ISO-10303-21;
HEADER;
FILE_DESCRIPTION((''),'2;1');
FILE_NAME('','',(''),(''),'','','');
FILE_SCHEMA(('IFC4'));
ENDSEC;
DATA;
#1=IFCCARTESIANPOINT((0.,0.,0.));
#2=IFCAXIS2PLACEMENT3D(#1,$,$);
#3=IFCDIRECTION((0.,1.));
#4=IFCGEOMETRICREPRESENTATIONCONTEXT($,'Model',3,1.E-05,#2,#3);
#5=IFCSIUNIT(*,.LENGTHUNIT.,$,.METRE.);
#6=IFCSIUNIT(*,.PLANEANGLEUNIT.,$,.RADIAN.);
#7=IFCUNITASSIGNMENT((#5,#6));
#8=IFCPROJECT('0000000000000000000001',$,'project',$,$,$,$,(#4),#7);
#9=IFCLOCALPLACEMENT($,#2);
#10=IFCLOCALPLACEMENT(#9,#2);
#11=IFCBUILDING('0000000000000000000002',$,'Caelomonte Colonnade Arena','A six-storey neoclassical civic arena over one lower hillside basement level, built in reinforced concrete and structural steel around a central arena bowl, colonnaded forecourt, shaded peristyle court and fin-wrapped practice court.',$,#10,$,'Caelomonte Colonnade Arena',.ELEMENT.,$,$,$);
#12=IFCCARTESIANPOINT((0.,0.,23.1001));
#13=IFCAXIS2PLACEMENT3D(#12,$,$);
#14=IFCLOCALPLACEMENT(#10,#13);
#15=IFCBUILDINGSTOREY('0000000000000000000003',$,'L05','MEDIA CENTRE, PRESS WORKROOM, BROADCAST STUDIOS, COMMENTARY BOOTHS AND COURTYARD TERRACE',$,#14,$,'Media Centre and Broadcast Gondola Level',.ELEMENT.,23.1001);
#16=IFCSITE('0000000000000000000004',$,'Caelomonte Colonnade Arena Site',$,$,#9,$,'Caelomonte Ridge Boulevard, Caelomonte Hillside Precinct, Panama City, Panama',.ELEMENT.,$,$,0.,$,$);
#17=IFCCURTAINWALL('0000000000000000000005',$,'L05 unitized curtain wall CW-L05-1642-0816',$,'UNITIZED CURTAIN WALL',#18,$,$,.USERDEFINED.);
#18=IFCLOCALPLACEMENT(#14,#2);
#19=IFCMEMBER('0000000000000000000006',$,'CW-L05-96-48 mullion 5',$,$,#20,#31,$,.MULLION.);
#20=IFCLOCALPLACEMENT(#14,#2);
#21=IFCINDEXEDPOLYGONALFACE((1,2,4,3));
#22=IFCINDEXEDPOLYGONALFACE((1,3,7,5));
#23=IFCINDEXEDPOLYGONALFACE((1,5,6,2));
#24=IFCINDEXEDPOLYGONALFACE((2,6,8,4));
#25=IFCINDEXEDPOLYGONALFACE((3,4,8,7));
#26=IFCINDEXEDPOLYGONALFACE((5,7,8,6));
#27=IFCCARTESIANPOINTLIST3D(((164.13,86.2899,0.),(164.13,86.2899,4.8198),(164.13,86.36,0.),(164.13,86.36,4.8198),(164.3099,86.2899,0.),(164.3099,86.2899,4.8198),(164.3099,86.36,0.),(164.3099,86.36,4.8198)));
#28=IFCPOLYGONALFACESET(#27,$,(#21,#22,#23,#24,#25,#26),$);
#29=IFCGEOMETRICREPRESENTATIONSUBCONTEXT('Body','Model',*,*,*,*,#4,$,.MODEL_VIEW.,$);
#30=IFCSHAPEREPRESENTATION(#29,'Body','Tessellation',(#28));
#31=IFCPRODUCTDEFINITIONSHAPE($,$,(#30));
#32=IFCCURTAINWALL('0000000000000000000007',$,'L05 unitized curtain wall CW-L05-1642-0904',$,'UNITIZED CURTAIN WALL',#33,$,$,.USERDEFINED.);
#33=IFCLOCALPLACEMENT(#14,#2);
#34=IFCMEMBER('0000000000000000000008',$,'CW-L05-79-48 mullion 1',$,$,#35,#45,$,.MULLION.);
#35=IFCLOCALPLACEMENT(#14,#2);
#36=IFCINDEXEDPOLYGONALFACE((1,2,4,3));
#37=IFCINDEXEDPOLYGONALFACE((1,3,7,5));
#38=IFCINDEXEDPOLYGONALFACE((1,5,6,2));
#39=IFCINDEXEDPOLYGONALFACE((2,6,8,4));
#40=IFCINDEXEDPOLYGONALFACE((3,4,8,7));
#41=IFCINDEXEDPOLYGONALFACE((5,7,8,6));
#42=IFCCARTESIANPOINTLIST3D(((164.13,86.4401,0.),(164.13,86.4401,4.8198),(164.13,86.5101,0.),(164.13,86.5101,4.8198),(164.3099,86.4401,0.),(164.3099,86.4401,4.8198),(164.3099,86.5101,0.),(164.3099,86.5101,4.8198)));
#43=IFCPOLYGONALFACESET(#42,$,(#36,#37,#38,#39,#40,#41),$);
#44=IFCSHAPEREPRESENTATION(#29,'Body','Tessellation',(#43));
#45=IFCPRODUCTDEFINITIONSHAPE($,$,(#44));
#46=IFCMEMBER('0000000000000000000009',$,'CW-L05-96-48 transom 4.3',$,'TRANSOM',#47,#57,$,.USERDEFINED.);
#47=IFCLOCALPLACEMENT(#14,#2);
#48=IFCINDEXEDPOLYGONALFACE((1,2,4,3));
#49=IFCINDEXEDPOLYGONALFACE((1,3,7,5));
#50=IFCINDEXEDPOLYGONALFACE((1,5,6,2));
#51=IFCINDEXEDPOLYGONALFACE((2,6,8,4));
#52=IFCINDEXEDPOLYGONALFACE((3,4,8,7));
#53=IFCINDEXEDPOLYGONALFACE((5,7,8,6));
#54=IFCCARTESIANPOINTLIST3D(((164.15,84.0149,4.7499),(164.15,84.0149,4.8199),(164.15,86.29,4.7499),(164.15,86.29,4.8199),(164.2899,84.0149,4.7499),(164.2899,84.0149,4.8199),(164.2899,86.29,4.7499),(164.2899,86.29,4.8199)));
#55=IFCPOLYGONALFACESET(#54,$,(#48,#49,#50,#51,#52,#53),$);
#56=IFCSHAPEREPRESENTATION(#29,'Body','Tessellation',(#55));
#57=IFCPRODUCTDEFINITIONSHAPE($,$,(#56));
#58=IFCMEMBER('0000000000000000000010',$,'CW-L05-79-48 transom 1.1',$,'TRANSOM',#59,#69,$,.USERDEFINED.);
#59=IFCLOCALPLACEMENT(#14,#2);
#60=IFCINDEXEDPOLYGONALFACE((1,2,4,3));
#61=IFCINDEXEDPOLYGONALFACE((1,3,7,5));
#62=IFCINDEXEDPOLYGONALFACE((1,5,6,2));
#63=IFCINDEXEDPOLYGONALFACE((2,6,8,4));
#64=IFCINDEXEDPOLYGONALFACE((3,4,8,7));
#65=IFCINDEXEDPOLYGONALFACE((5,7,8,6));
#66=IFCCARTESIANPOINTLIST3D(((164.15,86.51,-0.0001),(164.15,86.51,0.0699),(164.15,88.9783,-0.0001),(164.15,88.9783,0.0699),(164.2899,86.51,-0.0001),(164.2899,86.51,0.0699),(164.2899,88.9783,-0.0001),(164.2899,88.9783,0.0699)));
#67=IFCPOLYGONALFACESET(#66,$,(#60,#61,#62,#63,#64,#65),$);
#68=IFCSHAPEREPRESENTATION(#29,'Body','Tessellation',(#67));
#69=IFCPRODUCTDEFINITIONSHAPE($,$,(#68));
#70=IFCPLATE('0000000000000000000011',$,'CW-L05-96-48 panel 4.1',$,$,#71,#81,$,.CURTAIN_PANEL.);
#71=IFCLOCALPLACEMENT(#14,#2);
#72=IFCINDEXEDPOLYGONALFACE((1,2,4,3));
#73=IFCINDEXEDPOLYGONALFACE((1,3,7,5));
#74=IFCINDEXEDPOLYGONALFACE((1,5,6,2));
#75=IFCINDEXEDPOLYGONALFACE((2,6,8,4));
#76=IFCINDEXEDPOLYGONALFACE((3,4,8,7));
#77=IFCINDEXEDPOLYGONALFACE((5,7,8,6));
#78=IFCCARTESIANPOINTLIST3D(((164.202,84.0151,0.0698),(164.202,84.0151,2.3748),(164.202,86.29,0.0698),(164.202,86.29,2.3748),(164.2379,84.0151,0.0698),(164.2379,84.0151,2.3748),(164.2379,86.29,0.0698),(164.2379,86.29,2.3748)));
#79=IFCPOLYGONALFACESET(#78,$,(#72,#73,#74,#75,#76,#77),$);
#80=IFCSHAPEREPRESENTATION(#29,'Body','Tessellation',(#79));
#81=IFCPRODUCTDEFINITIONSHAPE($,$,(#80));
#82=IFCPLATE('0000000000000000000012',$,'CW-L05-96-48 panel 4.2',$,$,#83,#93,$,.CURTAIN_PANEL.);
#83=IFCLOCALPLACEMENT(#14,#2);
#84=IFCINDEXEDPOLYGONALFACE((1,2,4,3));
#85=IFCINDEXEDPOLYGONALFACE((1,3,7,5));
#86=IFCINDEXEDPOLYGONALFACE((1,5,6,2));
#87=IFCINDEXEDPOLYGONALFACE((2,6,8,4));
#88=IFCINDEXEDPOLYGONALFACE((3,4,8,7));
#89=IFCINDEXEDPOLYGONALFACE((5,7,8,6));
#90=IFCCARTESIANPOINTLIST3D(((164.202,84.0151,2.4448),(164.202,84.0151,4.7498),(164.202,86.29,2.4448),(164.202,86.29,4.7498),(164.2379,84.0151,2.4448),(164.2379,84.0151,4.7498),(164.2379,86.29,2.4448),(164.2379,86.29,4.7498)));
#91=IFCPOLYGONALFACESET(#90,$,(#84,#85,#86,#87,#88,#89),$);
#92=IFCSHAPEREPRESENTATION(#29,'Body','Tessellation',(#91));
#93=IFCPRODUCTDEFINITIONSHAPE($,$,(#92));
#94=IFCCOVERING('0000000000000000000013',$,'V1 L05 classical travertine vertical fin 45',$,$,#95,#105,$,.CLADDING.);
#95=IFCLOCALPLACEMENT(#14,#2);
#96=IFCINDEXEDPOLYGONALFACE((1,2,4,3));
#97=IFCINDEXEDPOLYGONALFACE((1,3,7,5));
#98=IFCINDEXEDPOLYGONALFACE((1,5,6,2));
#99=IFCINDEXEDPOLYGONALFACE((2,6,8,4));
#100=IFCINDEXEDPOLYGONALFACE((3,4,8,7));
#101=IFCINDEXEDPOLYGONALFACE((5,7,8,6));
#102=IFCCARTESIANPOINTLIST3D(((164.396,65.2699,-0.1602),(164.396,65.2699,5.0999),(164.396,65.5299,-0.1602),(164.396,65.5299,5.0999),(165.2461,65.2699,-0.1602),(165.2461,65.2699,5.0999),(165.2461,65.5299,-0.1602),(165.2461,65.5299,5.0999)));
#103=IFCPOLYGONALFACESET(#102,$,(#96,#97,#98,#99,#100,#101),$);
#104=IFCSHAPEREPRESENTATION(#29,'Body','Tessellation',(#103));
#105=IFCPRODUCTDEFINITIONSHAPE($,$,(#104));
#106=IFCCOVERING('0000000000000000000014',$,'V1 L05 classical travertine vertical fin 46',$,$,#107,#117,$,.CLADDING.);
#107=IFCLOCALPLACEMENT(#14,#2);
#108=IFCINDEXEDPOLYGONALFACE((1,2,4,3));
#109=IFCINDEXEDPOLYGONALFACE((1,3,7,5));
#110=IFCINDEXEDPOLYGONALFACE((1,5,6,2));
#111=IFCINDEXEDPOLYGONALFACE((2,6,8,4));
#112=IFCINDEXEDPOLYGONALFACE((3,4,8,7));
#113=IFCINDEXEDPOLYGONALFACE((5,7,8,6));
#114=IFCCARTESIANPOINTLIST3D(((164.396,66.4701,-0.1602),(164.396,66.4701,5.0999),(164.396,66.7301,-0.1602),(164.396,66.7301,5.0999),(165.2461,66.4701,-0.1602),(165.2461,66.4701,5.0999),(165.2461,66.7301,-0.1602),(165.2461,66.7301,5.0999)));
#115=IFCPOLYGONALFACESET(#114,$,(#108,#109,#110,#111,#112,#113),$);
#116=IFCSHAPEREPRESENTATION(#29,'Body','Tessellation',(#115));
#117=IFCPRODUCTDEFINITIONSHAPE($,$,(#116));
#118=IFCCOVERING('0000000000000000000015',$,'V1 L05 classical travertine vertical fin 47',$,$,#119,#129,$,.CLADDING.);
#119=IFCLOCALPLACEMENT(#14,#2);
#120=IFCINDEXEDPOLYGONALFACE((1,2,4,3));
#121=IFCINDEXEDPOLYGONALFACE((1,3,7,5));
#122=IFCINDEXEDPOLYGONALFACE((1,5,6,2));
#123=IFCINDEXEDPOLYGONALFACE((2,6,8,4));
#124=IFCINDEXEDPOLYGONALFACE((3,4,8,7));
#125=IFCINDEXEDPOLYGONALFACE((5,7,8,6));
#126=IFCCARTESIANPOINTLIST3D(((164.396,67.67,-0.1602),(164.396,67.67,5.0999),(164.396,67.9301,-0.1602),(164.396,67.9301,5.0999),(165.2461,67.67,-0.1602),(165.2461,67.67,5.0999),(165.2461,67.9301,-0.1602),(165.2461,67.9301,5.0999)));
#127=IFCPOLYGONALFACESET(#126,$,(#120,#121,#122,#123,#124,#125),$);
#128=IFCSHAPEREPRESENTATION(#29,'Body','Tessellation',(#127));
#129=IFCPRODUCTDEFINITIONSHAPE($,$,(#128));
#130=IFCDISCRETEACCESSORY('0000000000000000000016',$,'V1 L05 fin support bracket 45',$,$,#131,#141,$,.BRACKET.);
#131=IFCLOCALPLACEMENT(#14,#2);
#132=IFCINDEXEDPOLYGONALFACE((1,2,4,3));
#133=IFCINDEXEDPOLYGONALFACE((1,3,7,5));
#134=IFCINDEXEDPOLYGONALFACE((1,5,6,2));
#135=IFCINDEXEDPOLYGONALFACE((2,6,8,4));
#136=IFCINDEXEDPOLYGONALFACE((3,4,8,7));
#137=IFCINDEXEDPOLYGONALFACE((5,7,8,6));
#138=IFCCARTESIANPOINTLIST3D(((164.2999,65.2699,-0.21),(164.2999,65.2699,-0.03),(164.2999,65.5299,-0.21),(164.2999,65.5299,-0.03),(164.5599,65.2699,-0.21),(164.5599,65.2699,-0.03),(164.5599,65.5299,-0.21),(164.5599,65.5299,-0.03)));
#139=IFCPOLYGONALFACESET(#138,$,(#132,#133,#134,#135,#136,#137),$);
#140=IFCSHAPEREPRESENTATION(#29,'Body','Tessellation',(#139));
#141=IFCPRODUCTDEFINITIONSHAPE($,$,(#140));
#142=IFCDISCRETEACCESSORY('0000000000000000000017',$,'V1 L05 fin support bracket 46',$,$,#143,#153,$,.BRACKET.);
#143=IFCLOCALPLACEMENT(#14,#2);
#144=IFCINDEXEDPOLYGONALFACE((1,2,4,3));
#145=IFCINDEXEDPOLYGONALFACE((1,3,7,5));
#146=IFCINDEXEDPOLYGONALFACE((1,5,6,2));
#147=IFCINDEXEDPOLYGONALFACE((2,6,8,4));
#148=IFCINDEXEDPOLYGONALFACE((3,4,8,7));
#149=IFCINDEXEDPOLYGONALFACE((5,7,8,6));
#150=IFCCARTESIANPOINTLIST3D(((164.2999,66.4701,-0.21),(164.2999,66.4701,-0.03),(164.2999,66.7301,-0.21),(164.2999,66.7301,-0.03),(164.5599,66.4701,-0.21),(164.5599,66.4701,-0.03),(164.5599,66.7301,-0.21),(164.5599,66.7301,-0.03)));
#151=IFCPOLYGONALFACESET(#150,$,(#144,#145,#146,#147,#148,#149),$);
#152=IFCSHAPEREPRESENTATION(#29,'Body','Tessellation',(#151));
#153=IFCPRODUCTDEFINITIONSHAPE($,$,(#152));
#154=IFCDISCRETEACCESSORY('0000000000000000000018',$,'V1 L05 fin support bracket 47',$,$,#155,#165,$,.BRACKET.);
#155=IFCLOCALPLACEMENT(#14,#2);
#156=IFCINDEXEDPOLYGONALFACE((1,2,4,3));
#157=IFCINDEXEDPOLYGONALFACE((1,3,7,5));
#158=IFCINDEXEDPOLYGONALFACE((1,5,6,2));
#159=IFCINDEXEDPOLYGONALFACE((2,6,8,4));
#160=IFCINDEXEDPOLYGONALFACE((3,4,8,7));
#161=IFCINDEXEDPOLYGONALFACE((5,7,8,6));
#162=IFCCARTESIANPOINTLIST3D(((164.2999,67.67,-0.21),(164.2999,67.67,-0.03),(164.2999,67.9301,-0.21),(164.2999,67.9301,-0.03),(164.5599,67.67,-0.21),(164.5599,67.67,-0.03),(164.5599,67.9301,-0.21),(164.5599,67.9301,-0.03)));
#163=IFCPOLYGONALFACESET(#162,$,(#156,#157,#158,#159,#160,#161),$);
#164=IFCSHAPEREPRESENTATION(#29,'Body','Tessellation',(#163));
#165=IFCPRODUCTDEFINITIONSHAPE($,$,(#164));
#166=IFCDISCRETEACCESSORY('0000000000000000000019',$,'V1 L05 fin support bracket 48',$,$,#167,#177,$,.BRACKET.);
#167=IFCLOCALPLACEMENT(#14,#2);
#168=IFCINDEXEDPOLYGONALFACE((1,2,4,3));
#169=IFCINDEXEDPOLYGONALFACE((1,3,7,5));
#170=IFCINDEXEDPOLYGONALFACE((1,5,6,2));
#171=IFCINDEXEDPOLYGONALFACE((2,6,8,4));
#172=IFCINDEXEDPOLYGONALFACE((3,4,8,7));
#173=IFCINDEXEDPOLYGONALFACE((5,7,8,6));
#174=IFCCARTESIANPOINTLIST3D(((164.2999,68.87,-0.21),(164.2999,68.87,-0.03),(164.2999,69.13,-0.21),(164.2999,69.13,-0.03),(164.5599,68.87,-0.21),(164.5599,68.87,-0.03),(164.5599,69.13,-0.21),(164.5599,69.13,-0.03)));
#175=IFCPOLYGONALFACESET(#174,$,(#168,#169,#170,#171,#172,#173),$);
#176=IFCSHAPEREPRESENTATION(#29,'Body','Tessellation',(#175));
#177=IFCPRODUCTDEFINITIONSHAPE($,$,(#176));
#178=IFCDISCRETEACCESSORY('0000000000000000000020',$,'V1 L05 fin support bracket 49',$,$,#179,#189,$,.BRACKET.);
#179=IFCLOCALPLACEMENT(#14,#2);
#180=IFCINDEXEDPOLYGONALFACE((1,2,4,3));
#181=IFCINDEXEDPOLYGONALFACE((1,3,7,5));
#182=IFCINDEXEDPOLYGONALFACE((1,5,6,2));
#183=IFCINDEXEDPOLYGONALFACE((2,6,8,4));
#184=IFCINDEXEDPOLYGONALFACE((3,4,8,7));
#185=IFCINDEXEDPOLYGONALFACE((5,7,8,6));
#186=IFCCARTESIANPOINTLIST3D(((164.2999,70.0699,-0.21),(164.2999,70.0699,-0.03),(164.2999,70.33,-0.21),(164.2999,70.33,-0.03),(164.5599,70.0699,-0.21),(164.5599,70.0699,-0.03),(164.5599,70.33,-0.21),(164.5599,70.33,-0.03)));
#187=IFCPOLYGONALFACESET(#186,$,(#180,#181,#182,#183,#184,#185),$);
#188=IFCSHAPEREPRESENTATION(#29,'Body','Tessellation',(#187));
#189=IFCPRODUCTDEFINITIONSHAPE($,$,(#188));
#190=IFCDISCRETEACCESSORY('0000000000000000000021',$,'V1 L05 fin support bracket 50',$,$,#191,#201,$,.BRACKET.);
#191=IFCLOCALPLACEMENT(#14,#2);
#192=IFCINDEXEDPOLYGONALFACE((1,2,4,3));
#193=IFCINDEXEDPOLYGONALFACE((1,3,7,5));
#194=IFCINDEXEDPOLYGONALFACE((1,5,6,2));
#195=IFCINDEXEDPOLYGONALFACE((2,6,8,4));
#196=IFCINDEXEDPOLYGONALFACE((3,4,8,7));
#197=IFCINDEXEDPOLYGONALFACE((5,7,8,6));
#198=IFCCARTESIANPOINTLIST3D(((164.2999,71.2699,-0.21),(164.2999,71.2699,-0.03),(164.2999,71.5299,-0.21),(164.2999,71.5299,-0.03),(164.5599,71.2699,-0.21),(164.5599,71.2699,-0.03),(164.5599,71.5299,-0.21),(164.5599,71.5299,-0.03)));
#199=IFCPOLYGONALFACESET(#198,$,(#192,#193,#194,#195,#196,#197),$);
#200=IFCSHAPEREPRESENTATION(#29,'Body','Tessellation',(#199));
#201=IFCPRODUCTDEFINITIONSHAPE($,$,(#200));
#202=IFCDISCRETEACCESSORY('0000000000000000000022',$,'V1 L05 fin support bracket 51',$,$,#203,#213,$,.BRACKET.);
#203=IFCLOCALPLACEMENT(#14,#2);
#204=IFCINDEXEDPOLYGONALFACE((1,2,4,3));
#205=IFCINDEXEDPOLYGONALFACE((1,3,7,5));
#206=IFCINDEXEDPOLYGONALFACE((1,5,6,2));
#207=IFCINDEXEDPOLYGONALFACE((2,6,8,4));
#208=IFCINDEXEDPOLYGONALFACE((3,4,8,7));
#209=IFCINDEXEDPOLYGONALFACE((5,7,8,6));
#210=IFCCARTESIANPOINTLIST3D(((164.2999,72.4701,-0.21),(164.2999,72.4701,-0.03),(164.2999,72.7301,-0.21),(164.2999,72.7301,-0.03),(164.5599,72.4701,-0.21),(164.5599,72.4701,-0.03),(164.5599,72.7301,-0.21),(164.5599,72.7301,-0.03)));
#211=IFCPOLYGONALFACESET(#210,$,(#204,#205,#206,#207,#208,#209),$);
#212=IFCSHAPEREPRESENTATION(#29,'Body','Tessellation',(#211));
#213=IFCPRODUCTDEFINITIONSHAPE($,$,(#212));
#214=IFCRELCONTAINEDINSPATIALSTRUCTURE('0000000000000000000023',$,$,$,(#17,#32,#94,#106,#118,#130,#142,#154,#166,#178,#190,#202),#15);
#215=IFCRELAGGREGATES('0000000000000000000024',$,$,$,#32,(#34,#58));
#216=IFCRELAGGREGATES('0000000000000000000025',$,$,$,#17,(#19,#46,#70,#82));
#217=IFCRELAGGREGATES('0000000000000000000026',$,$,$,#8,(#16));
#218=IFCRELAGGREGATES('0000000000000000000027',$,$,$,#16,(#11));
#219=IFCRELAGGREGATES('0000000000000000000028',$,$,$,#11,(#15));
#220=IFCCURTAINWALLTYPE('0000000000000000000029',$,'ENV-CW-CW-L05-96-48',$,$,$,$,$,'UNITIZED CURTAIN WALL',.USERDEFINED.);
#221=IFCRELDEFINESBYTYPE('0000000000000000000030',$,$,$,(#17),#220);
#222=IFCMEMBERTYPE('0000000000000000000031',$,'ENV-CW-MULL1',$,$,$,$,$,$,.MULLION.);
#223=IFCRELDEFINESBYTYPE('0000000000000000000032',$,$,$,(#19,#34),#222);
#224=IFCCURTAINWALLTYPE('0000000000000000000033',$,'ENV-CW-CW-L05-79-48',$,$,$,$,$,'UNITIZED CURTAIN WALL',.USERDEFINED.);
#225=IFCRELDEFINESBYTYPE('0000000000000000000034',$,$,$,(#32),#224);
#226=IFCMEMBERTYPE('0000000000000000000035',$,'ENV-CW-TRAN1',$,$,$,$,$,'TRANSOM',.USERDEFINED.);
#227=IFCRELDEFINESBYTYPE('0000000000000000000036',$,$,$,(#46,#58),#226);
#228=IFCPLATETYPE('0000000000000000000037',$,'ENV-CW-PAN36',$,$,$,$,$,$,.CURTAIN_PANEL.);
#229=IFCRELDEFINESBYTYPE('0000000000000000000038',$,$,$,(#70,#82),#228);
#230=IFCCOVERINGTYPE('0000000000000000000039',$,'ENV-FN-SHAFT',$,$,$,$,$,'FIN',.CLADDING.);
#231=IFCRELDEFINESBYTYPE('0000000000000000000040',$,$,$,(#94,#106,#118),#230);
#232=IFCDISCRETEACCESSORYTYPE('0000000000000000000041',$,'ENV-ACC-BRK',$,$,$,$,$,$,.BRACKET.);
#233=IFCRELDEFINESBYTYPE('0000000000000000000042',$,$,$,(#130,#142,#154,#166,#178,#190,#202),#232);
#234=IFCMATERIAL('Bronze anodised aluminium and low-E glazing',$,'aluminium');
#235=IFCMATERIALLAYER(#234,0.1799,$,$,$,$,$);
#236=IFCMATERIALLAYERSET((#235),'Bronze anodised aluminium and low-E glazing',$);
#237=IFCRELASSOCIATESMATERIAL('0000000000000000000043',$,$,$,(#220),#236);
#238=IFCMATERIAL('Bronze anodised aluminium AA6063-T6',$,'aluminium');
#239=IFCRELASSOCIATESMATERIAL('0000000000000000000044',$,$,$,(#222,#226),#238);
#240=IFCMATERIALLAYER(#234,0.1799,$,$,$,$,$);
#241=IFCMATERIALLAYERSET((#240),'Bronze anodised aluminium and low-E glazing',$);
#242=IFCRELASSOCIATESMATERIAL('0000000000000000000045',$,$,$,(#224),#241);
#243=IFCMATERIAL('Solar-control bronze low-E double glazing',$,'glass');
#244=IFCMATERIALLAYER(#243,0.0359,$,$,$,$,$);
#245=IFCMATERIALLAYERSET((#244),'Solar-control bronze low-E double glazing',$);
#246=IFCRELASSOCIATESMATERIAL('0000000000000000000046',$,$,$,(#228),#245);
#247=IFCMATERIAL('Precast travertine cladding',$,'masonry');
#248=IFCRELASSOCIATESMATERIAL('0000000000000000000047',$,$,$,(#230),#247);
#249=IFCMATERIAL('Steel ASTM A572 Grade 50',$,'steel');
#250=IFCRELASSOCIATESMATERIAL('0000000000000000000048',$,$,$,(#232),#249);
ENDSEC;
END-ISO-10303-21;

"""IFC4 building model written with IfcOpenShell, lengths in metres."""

from ifc_helpers import new_model, si_unit, direction, frame, origin, origin_2d, place, context, subcontext, project, spatial, rectangle, extrude, material, layer, layer_set, material_profile, profile_set, type_object, element, aggregate, save


model = new_model("IFC4")

# Units and contexts
model_context = context("Model", 3, precision=1e-05, world=origin(), true_north=direction((0.0, 1.0)))
body_context = subcontext(model_context, "Body", "Model", "MODEL_VIEW")
ifc_project = project(units=[si_unit("LENGTHUNIT", "METRE"), si_unit("PLANEANGLEUNIT", "RADIAN")], contexts=[model_context])

# Site, building, storey
site_placement = place(None, origin())
site = spatial("IfcSite", under=ifc_project, at=site_placement, Name="Caelomonte Colonnade Arena Site", LongName="Caelomonte Ridge Boulevard, Caelomonte Hillside Precinct, Panama City, Panama", CompositionType="ELEMENT", RefElevation=0.0)
building_placement = place(site_placement, origin())
building = spatial("IfcBuilding", under=site, at=building_placement, Name="Caelomonte Colonnade Arena", Description="A six-storey neoclassical civic arena over one lower hillside basement level, built in reinforced concrete and structural steel around a central arena bowl, colonnaded forecourt, shaded peristyle court and fin-wrapped practice court.", LongName="Caelomonte Colonnade Arena", CompositionType="ELEMENT")
storey_placement = place(building_placement, frame((0.0, 0.0, 23.1001)))
storey = spatial("IfcBuildingStorey", under=building, at=storey_placement, Name="L05", Description="MEDIA CENTRE, PRESS WORKROOM, BROADCAST STUDIOS, COMMENTARY BOOTHS AND COURTYARD TERRACE", LongName="Media Centre and Broadcast Gondola Level", CompositionType="ELEMENT", Elevation=23.1001)

# Curtain walls, members
ifc_material_1 = material(Name="Bronze anodised aluminium and low-E glazing", Category="aluminium")
ifc_layer_1 = layer(ifc_material_1, 0.1799)
ifc_layer_set_1 = layer_set([ifc_layer_1], Name="Bronze anodised aluminium and low-E glazing")
curtain_wall_type_1 = type_object("IfcCurtainWallType", Name="ENV-CW-CW-L05-96-48", ElementType="UNITIZED CURTAIN WALL", PredefinedType="USERDEFINED", material=ifc_layer_set_1)
curtain_wall_1_placement = place(storey_placement, origin())
curtain_wall_1 = element("IfcCurtainWall", 1, at=curtain_wall_1_placement, inside=storey, type_object=curtain_wall_type_1, Name="L05 unitized curtain wall CW-L05-1642-0816", ObjectType="UNITIZED CURTAIN WALL", PredefinedType="USERDEFINED")
ifc_material_2 = material(Name="Bronze anodised aluminium AA6063-T6", Category="aluminium")
ifc_material_profile_1 = material_profile(ifc_material_2, rectangle(XDim=0.0701, YDim=0.1799, at=origin_2d()), Name="CWM-70X180")
ifc_profile_set_1 = profile_set([ifc_material_profile_1], Name="Bronze anodised aluminium AA6063-T6")
member_type_1 = type_object("IfcMemberType", Name="ENV-CW-MULL1", PredefinedType="MULLION", material=ifc_profile_set_1)
member_1_placement = place(storey_placement, frame((164.22, 86.325, 0.0), z_axis=(0.0, 0.0, 1.0), x_axis=(0.0, 1.0, 0.0)))
member_1 = element("IfcMember", 2, at=member_1_placement, type_object=member_type_1, Name="CW-L05-96-48 mullion 5", PredefinedType="MULLION", context=body_context, shape_type="SweptSolid", body=[
    extrude(rectangle(XDim=0.0701, YDim=0.1799, at=origin_2d()), origin(), (0.0, 0.0, 1.0), 4.8198),
])
ifc_layer_2 = layer(ifc_material_1, 0.1799)
ifc_layer_set_2 = layer_set([ifc_layer_2], Name="Bronze anodised aluminium and low-E glazing")
curtain_wall_type_2 = type_object("IfcCurtainWallType", Name="ENV-CW-CW-L05-79-48", ElementType="UNITIZED CURTAIN WALL", PredefinedType="USERDEFINED", material=ifc_layer_set_2)
curtain_wall_2_placement = place(storey_placement, origin())
curtain_wall_2 = element("IfcCurtainWall", 3, at=curtain_wall_2_placement, inside=storey, type_object=curtain_wall_type_2, Name="L05 unitized curtain wall CW-L05-1642-0904", ObjectType="UNITIZED CURTAIN WALL", PredefinedType="USERDEFINED")
member_2_placement = place(storey_placement, frame((164.22, 86.4751, 0.0), z_axis=(0.0, 0.0, 1.0), x_axis=(0.0, 1.0, 0.0)))
member_2 = element("IfcMember", 4, at=member_2_placement, type_object=member_type_1, Name="CW-L05-79-48 mullion 1", PredefinedType="MULLION", context=body_context, shape_type="SweptSolid", body=[
    extrude(rectangle(XDim=0.0701, YDim=0.1799, at=origin_2d()), origin(), (0.0, 0.0, 1.0), 4.8198),
])

# Members
ifc_material_profile_2 = material_profile(ifc_material_2, rectangle(XDim=0.0701, YDim=0.1399, at=origin_2d()), Name="CWT-70X140")
ifc_profile_set_2 = profile_set([ifc_material_profile_2], Name="Bronze anodised aluminium AA6063-T6")
member_type_2 = type_object("IfcMemberType", Name="ENV-CW-TRAN1", ElementType="TRANSOM", PredefinedType="USERDEFINED", material=ifc_profile_set_2)
member_3_placement = place(storey_placement, frame((164.22, 84.0149, 4.7849), z_axis=(0.0, 1.0, 0.0), x_axis=(0.0, 0.0, 1.0)))
member_3 = element("IfcMember", 5, at=member_3_placement, type_object=member_type_2, Name="CW-L05-96-48 transom 4.3", ObjectType="TRANSOM", PredefinedType="USERDEFINED", context=body_context, shape_type="SweptSolid", body=[
    extrude(rectangle(XDim=0.0701, YDim=0.1399, at=origin_2d()), origin(), (0.0, 0.0, 1.0), 2.2751),
])
member_4_placement = place(storey_placement, frame((164.22, 86.51, 0.0349), z_axis=(0.0, 1.0, 0.0), x_axis=(0.0, 0.0, 1.0)))
member_4 = element("IfcMember", 6, at=member_4_placement, type_object=member_type_2, Name="CW-L05-79-48 transom 1.1", ObjectType="TRANSOM", PredefinedType="USERDEFINED", context=body_context, shape_type="SweptSolid", body=[
    extrude(rectangle(XDim=0.0701, YDim=0.1399, at=origin_2d()), origin(), (0.0, 0.0, 1.0), 2.4683),
])
aggregate(curtain_wall_2, [member_2, member_4])

# Plates
ifc_material_3 = material(Name="Solar-control bronze low-E double glazing", Category="glass")
ifc_layer_3 = layer(ifc_material_3, 0.0359)
ifc_layer_set_3 = layer_set([ifc_layer_3], Name="Solar-control bronze low-E double glazing")
plate_type = type_object("IfcPlateType", Name="ENV-CW-PAN36", PredefinedType="CURTAIN_PANEL", material=ifc_layer_set_3)
plate_1_placement = place(storey_placement, frame((164.22, 85.1526, 0.0698), z_axis=(0.0, 0.0, 1.0), x_axis=(0.0, 1.0, 0.0)))
plate_1 = element("IfcPlate", 7, at=plate_1_placement, type_object=plate_type, Name="CW-L05-96-48 panel 4.1", PredefinedType="CURTAIN_PANEL", context=body_context, shape_type="SweptSolid", body=[
    extrude(rectangle(XDim=2.2749, YDim=0.0359, at=origin_2d()), origin(), (0.0, 0.0, 1.0), 2.3049),
])
plate_2_placement = place(storey_placement, frame((164.22, 85.1526, 2.4448), z_axis=(0.0, 0.0, 1.0), x_axis=(0.0, 1.0, 0.0)))
plate_2 = element("IfcPlate", 8, at=plate_2_placement, type_object=plate_type, Name="CW-L05-96-48 panel 4.2", PredefinedType="CURTAIN_PANEL", context=body_context, shape_type="SweptSolid", body=[
    extrude(rectangle(XDim=2.2749, YDim=0.0359, at=origin_2d()), origin(), (0.0, 0.0, 1.0), 2.3049),
])
aggregate(curtain_wall_1, [member_1, member_3, plate_1, plate_2])

# Coverings
ifc_material_4 = material(Name="Precast travertine cladding", Category="masonry")
ifc_material_profile_3 = material_profile(ifc_material_4, rectangle(XDim=0.26, YDim=0.8501, at=origin_2d()), Name="FIN260X850")
ifc_profile_set_3 = profile_set([ifc_material_profile_3], Name="Precast travertine cladding")
covering_type = type_object("IfcCoveringType", Name="ENV-FN-SHAFT", ElementType="FIN", PredefinedType="CLADDING", material=ifc_profile_set_3)
for number, where, z_axis, x_axis, name in (
    (9, (164.821, 65.3999, -0.1602), (0.0, 0.0, 1.0), (0.0, -1.0, 0.0), "V1 L05 classical travertine vertical fin 45"),
    (10, (164.821, 66.6001, -0.1602), (0.0, 0.0, 1.0), (0.0, -1.0, 0.0), "V1 L05 classical travertine vertical fin 46"),
    (11, (164.821, 67.8, -0.1602), (0.0, 0.0, 1.0), (0.0, -1.0, 0.0), "V1 L05 classical travertine vertical fin 47"),
):
    element("IfcCovering", number, at=place(storey_placement, frame(where, z_axis=z_axis, x_axis=x_axis)), inside=storey, type_object=covering_type, Name=name, PredefinedType="CLADDING", context=body_context, shape_type="SweptSolid", body=[
        extrude(rectangle(XDim=0.26, YDim=0.8501, at=origin_2d()), origin(), (0.0, 0.0, 1.0), 5.26),
    ])

# Discrete accessories
ifc_material_5 = material(Name="Steel ASTM A572 Grade 50", Category="steel")
discrete_accessory_type = type_object("IfcDiscreteAccessoryType", Name="ENV-ACC-BRK", PredefinedType="BRACKET", material=ifc_material_5)
for number, where, z_axis, x_axis, name in (
    (12, (164.4299, 65.3999, -0.21), (0.0, 0.0, 1.0), (0.0, 1.0, 0.0), "V1 L05 fin support bracket 45"),
    (13, (164.4299, 66.6001, -0.21), (0.0, 0.0, 1.0), (0.0, 1.0, 0.0), "V1 L05 fin support bracket 46"),
    (14, (164.4299, 67.8, -0.21), (0.0, 0.0, 1.0), (0.0, 1.0, 0.0), "V1 L05 fin support bracket 47"),
    (15, (164.4299, 69.0, -0.21), (0.0, 0.0, 1.0), (0.0, 1.0, 0.0), "V1 L05 fin support bracket 48"),
    (16, (164.4299, 70.2, -0.21), (0.0, 0.0, 1.0), (0.0, 1.0, 0.0), "V1 L05 fin support bracket 49"),
    (17, (164.4299, 71.3999, -0.21), (0.0, 0.0, 1.0), (0.0, 1.0, 0.0), "V1 L05 fin support bracket 50"),
    (18, (164.4299, 72.6001, -0.21), (0.0, 0.0, 1.0), (0.0, 1.0, 0.0), "V1 L05 fin support bracket 51"),
):
    element("IfcDiscreteAccessory", number, at=place(storey_placement, frame(where, z_axis=z_axis, x_axis=x_axis)), inside=storey, type_object=discrete_accessory_type, Name=name, PredefinedType="BRACKET", context=body_context, shape_type="SweptSolid", body=[
        extrude(rectangle(XDim=0.26, YDim=0.26, at=origin_2d()), origin(), (0.0, 0.0, 1.0), 0.1799),
    ])

save(model, "model.ifc")
